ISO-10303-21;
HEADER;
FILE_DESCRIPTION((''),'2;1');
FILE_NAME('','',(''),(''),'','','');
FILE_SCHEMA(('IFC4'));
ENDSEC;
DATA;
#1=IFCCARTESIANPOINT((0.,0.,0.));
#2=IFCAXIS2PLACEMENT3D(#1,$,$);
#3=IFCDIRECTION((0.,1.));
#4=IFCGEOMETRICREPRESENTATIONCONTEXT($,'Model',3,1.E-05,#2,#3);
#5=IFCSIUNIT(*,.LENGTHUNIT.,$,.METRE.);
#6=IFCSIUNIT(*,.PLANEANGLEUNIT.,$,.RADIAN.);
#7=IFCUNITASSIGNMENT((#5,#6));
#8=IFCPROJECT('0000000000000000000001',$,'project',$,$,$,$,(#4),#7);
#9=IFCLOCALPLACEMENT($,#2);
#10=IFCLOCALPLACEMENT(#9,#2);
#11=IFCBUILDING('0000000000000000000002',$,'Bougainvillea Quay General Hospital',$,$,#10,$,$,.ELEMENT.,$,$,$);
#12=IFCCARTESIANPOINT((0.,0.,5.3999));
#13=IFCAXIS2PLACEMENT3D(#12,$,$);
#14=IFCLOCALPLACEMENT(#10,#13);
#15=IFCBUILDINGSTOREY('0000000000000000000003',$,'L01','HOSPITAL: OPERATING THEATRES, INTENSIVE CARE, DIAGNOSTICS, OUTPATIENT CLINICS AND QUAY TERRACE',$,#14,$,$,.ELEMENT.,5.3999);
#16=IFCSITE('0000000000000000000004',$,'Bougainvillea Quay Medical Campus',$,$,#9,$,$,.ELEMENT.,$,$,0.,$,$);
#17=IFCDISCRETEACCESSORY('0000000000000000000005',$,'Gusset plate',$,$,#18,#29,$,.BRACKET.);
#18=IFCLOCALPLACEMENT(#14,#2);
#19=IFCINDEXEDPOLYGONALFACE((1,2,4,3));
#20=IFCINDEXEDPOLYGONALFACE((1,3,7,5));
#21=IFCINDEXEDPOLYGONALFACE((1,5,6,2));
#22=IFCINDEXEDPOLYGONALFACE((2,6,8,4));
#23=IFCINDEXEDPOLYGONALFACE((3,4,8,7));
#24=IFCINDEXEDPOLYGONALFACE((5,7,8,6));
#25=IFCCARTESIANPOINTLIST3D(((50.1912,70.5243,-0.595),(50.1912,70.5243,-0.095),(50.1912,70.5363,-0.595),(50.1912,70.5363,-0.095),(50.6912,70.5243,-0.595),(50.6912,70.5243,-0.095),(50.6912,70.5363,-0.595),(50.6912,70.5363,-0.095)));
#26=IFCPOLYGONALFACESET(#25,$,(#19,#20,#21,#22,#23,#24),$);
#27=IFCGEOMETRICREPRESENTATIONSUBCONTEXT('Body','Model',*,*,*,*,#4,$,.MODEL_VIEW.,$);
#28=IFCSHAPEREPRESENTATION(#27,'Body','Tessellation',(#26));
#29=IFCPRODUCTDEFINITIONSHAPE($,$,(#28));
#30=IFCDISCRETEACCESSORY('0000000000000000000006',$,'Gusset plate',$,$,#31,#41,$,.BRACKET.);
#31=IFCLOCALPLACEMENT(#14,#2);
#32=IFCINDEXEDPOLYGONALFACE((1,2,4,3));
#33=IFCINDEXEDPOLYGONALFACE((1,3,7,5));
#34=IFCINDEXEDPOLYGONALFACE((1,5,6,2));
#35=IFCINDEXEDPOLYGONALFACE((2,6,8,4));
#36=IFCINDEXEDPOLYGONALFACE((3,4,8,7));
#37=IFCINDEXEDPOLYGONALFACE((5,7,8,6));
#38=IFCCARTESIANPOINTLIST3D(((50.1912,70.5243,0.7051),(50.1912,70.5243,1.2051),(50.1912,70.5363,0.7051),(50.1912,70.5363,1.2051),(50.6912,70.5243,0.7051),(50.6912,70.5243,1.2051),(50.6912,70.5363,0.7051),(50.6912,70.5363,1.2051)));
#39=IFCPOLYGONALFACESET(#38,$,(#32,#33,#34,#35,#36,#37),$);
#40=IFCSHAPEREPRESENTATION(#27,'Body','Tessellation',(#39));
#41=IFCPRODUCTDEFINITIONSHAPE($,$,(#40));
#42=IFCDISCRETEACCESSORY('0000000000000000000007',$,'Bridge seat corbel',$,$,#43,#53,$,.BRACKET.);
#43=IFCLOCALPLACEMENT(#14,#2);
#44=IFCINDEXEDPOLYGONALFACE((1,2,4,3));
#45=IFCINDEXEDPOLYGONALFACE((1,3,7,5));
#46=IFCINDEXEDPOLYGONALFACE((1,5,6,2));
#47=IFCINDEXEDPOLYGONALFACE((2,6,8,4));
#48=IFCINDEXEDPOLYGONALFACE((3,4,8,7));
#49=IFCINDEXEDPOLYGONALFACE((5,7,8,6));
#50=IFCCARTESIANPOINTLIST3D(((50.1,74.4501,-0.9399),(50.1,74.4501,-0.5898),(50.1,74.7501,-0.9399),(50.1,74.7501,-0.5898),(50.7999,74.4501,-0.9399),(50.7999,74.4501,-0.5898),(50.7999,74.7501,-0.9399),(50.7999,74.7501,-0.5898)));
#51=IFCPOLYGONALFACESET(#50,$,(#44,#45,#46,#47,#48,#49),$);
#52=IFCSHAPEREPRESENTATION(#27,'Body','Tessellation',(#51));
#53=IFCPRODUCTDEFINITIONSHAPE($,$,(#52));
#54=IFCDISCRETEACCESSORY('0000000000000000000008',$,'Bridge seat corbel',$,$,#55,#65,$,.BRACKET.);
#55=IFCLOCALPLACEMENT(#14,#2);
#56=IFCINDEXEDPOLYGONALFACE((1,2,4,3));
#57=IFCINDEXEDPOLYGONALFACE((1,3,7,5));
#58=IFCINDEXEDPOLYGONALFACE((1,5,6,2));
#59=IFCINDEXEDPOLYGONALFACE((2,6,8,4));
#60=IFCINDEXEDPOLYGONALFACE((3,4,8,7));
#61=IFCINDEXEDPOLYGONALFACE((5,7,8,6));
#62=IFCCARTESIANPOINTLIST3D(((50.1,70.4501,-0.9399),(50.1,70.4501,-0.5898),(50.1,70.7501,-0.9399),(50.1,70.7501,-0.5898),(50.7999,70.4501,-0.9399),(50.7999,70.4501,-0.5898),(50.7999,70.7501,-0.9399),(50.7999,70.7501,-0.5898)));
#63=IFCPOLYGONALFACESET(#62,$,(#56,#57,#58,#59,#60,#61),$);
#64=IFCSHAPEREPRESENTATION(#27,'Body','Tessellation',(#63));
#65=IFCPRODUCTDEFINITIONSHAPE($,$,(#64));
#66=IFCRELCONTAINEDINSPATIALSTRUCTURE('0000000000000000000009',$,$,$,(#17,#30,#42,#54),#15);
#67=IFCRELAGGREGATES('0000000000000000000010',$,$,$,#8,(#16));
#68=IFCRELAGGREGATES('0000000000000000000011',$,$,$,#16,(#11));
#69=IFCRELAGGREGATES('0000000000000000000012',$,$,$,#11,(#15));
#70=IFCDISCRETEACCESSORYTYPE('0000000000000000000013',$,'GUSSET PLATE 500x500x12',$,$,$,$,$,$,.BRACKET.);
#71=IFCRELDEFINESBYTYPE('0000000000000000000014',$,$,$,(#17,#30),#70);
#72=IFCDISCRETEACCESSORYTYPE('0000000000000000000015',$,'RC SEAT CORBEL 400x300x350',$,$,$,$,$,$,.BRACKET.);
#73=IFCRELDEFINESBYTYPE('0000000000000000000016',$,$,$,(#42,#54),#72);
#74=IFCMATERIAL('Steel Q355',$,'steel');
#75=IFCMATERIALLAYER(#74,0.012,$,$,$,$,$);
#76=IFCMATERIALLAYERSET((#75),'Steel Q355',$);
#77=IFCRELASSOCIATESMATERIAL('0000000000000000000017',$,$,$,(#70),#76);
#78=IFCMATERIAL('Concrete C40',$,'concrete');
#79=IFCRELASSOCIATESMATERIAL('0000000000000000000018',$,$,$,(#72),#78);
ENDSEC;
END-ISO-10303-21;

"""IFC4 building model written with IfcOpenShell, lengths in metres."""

from ifc_helpers import new_model, si_unit, direction, frame, origin, origin_2d, place, context, subcontext, project, spatial, rectangle, extrude, material, layer, layer_set, type_object, element, save


model = new_model("IFC4")

# Units and contexts
model_context = context("Model", 3, precision=1e-05, world=origin(), true_north=direction((0.0, 1.0)))
body_context = subcontext(model_context, "Body", "Model", "MODEL_VIEW")
ifc_project = project(units=[si_unit("LENGTHUNIT", "METRE"), si_unit("PLANEANGLEUNIT", "RADIAN")], contexts=[model_context])

# Site, building, storey
site_placement = place(None, origin())
site = spatial("IfcSite", under=ifc_project, at=site_placement, Name="Bougainvillea Quay Medical Campus", CompositionType="ELEMENT", RefElevation=0.0)
building_placement = place(site_placement, origin())
building = spatial("IfcBuilding", under=site, at=building_placement, Name="Bougainvillea Quay General Hospital", CompositionType="ELEMENT")
storey_placement = place(building_placement, frame((0.0, 0.0, 5.3999)))
storey = spatial("IfcBuildingStorey", under=building, at=storey_placement, Name="L01", Description="HOSPITAL: OPERATING THEATRES, INTENSIVE CARE, DIAGNOSTICS, OUTPATIENT CLINICS AND QUAY TERRACE", CompositionType="ELEMENT", Elevation=5.3999)

# Shared definitions
ifc_material_1 = material(Name="Steel Q355", Category="steel")

# Shared definitions
ifc_material_2 = material(Name="Concrete C40", Category="concrete")

# Discrete accessories
ifc_layer_1 = layer(ifc_material_1, 0.012)
ifc_layer_set_1 = layer_set([ifc_layer_1], Name="Steel Q355")
discrete_accessory_type_1 = type_object("IfcDiscreteAccessoryType", Name="GUSSET PLATE 500x500x12", PredefinedType="BRACKET", material=ifc_layer_set_1)
for number, where, z_axis, x_axis, name in (
    (1, (50.4412, 70.5303, -0.595), (0.0, 0.0, 1.0), (1.0, 0.0, 0.0), "Gusset plate"),
    (2, (50.4412, 70.5303, 0.7051), (0.0, 0.0, 1.0), (1.0, 0.0, 0.0), "Gusset plate"),
):
    element("IfcDiscreteAccessory", number, at=place(storey_placement, frame(where, z_axis=z_axis, x_axis=x_axis)), inside=storey, type_object=discrete_accessory_type_1, Name=name, PredefinedType="BRACKET", context=body_context, shape_type="SweptSolid", body=[
        extrude(rectangle(XDim=0.5, YDim=0.012, at=origin_2d()), origin(), (0.0, 0.0, 1.0), 0.5),
    ])
discrete_accessory_type_2 = type_object("IfcDiscreteAccessoryType", Name="RC SEAT CORBEL 400x300x350", PredefinedType="BRACKET", material=ifc_material_2)
for number, where, z_axis, x_axis, name in (
    (3, (50.45, 74.6001, -0.9399), (0.0, 0.0, 1.0), (1.0, 0.0, 0.0), "Bridge seat corbel"),
    (4, (50.45, 70.6001, -0.9399), (0.0, 0.0, 1.0), (1.0, 0.0, 0.0), "Bridge seat corbel"),
):
    element("IfcDiscreteAccessory", number, at=place(storey_placement, frame(where, z_axis=z_axis, x_axis=x_axis)), inside=storey, type_object=discrete_accessory_type_2, Name=name, PredefinedType="BRACKET", context=body_context, shape_type="SweptSolid", body=[
        extrude(rectangle(XDim=0.7, YDim=0.3, at=origin_2d()), origin(), (0.0, 0.0, 1.0), 0.3501),
    ])

save(model, "model.ifc")
